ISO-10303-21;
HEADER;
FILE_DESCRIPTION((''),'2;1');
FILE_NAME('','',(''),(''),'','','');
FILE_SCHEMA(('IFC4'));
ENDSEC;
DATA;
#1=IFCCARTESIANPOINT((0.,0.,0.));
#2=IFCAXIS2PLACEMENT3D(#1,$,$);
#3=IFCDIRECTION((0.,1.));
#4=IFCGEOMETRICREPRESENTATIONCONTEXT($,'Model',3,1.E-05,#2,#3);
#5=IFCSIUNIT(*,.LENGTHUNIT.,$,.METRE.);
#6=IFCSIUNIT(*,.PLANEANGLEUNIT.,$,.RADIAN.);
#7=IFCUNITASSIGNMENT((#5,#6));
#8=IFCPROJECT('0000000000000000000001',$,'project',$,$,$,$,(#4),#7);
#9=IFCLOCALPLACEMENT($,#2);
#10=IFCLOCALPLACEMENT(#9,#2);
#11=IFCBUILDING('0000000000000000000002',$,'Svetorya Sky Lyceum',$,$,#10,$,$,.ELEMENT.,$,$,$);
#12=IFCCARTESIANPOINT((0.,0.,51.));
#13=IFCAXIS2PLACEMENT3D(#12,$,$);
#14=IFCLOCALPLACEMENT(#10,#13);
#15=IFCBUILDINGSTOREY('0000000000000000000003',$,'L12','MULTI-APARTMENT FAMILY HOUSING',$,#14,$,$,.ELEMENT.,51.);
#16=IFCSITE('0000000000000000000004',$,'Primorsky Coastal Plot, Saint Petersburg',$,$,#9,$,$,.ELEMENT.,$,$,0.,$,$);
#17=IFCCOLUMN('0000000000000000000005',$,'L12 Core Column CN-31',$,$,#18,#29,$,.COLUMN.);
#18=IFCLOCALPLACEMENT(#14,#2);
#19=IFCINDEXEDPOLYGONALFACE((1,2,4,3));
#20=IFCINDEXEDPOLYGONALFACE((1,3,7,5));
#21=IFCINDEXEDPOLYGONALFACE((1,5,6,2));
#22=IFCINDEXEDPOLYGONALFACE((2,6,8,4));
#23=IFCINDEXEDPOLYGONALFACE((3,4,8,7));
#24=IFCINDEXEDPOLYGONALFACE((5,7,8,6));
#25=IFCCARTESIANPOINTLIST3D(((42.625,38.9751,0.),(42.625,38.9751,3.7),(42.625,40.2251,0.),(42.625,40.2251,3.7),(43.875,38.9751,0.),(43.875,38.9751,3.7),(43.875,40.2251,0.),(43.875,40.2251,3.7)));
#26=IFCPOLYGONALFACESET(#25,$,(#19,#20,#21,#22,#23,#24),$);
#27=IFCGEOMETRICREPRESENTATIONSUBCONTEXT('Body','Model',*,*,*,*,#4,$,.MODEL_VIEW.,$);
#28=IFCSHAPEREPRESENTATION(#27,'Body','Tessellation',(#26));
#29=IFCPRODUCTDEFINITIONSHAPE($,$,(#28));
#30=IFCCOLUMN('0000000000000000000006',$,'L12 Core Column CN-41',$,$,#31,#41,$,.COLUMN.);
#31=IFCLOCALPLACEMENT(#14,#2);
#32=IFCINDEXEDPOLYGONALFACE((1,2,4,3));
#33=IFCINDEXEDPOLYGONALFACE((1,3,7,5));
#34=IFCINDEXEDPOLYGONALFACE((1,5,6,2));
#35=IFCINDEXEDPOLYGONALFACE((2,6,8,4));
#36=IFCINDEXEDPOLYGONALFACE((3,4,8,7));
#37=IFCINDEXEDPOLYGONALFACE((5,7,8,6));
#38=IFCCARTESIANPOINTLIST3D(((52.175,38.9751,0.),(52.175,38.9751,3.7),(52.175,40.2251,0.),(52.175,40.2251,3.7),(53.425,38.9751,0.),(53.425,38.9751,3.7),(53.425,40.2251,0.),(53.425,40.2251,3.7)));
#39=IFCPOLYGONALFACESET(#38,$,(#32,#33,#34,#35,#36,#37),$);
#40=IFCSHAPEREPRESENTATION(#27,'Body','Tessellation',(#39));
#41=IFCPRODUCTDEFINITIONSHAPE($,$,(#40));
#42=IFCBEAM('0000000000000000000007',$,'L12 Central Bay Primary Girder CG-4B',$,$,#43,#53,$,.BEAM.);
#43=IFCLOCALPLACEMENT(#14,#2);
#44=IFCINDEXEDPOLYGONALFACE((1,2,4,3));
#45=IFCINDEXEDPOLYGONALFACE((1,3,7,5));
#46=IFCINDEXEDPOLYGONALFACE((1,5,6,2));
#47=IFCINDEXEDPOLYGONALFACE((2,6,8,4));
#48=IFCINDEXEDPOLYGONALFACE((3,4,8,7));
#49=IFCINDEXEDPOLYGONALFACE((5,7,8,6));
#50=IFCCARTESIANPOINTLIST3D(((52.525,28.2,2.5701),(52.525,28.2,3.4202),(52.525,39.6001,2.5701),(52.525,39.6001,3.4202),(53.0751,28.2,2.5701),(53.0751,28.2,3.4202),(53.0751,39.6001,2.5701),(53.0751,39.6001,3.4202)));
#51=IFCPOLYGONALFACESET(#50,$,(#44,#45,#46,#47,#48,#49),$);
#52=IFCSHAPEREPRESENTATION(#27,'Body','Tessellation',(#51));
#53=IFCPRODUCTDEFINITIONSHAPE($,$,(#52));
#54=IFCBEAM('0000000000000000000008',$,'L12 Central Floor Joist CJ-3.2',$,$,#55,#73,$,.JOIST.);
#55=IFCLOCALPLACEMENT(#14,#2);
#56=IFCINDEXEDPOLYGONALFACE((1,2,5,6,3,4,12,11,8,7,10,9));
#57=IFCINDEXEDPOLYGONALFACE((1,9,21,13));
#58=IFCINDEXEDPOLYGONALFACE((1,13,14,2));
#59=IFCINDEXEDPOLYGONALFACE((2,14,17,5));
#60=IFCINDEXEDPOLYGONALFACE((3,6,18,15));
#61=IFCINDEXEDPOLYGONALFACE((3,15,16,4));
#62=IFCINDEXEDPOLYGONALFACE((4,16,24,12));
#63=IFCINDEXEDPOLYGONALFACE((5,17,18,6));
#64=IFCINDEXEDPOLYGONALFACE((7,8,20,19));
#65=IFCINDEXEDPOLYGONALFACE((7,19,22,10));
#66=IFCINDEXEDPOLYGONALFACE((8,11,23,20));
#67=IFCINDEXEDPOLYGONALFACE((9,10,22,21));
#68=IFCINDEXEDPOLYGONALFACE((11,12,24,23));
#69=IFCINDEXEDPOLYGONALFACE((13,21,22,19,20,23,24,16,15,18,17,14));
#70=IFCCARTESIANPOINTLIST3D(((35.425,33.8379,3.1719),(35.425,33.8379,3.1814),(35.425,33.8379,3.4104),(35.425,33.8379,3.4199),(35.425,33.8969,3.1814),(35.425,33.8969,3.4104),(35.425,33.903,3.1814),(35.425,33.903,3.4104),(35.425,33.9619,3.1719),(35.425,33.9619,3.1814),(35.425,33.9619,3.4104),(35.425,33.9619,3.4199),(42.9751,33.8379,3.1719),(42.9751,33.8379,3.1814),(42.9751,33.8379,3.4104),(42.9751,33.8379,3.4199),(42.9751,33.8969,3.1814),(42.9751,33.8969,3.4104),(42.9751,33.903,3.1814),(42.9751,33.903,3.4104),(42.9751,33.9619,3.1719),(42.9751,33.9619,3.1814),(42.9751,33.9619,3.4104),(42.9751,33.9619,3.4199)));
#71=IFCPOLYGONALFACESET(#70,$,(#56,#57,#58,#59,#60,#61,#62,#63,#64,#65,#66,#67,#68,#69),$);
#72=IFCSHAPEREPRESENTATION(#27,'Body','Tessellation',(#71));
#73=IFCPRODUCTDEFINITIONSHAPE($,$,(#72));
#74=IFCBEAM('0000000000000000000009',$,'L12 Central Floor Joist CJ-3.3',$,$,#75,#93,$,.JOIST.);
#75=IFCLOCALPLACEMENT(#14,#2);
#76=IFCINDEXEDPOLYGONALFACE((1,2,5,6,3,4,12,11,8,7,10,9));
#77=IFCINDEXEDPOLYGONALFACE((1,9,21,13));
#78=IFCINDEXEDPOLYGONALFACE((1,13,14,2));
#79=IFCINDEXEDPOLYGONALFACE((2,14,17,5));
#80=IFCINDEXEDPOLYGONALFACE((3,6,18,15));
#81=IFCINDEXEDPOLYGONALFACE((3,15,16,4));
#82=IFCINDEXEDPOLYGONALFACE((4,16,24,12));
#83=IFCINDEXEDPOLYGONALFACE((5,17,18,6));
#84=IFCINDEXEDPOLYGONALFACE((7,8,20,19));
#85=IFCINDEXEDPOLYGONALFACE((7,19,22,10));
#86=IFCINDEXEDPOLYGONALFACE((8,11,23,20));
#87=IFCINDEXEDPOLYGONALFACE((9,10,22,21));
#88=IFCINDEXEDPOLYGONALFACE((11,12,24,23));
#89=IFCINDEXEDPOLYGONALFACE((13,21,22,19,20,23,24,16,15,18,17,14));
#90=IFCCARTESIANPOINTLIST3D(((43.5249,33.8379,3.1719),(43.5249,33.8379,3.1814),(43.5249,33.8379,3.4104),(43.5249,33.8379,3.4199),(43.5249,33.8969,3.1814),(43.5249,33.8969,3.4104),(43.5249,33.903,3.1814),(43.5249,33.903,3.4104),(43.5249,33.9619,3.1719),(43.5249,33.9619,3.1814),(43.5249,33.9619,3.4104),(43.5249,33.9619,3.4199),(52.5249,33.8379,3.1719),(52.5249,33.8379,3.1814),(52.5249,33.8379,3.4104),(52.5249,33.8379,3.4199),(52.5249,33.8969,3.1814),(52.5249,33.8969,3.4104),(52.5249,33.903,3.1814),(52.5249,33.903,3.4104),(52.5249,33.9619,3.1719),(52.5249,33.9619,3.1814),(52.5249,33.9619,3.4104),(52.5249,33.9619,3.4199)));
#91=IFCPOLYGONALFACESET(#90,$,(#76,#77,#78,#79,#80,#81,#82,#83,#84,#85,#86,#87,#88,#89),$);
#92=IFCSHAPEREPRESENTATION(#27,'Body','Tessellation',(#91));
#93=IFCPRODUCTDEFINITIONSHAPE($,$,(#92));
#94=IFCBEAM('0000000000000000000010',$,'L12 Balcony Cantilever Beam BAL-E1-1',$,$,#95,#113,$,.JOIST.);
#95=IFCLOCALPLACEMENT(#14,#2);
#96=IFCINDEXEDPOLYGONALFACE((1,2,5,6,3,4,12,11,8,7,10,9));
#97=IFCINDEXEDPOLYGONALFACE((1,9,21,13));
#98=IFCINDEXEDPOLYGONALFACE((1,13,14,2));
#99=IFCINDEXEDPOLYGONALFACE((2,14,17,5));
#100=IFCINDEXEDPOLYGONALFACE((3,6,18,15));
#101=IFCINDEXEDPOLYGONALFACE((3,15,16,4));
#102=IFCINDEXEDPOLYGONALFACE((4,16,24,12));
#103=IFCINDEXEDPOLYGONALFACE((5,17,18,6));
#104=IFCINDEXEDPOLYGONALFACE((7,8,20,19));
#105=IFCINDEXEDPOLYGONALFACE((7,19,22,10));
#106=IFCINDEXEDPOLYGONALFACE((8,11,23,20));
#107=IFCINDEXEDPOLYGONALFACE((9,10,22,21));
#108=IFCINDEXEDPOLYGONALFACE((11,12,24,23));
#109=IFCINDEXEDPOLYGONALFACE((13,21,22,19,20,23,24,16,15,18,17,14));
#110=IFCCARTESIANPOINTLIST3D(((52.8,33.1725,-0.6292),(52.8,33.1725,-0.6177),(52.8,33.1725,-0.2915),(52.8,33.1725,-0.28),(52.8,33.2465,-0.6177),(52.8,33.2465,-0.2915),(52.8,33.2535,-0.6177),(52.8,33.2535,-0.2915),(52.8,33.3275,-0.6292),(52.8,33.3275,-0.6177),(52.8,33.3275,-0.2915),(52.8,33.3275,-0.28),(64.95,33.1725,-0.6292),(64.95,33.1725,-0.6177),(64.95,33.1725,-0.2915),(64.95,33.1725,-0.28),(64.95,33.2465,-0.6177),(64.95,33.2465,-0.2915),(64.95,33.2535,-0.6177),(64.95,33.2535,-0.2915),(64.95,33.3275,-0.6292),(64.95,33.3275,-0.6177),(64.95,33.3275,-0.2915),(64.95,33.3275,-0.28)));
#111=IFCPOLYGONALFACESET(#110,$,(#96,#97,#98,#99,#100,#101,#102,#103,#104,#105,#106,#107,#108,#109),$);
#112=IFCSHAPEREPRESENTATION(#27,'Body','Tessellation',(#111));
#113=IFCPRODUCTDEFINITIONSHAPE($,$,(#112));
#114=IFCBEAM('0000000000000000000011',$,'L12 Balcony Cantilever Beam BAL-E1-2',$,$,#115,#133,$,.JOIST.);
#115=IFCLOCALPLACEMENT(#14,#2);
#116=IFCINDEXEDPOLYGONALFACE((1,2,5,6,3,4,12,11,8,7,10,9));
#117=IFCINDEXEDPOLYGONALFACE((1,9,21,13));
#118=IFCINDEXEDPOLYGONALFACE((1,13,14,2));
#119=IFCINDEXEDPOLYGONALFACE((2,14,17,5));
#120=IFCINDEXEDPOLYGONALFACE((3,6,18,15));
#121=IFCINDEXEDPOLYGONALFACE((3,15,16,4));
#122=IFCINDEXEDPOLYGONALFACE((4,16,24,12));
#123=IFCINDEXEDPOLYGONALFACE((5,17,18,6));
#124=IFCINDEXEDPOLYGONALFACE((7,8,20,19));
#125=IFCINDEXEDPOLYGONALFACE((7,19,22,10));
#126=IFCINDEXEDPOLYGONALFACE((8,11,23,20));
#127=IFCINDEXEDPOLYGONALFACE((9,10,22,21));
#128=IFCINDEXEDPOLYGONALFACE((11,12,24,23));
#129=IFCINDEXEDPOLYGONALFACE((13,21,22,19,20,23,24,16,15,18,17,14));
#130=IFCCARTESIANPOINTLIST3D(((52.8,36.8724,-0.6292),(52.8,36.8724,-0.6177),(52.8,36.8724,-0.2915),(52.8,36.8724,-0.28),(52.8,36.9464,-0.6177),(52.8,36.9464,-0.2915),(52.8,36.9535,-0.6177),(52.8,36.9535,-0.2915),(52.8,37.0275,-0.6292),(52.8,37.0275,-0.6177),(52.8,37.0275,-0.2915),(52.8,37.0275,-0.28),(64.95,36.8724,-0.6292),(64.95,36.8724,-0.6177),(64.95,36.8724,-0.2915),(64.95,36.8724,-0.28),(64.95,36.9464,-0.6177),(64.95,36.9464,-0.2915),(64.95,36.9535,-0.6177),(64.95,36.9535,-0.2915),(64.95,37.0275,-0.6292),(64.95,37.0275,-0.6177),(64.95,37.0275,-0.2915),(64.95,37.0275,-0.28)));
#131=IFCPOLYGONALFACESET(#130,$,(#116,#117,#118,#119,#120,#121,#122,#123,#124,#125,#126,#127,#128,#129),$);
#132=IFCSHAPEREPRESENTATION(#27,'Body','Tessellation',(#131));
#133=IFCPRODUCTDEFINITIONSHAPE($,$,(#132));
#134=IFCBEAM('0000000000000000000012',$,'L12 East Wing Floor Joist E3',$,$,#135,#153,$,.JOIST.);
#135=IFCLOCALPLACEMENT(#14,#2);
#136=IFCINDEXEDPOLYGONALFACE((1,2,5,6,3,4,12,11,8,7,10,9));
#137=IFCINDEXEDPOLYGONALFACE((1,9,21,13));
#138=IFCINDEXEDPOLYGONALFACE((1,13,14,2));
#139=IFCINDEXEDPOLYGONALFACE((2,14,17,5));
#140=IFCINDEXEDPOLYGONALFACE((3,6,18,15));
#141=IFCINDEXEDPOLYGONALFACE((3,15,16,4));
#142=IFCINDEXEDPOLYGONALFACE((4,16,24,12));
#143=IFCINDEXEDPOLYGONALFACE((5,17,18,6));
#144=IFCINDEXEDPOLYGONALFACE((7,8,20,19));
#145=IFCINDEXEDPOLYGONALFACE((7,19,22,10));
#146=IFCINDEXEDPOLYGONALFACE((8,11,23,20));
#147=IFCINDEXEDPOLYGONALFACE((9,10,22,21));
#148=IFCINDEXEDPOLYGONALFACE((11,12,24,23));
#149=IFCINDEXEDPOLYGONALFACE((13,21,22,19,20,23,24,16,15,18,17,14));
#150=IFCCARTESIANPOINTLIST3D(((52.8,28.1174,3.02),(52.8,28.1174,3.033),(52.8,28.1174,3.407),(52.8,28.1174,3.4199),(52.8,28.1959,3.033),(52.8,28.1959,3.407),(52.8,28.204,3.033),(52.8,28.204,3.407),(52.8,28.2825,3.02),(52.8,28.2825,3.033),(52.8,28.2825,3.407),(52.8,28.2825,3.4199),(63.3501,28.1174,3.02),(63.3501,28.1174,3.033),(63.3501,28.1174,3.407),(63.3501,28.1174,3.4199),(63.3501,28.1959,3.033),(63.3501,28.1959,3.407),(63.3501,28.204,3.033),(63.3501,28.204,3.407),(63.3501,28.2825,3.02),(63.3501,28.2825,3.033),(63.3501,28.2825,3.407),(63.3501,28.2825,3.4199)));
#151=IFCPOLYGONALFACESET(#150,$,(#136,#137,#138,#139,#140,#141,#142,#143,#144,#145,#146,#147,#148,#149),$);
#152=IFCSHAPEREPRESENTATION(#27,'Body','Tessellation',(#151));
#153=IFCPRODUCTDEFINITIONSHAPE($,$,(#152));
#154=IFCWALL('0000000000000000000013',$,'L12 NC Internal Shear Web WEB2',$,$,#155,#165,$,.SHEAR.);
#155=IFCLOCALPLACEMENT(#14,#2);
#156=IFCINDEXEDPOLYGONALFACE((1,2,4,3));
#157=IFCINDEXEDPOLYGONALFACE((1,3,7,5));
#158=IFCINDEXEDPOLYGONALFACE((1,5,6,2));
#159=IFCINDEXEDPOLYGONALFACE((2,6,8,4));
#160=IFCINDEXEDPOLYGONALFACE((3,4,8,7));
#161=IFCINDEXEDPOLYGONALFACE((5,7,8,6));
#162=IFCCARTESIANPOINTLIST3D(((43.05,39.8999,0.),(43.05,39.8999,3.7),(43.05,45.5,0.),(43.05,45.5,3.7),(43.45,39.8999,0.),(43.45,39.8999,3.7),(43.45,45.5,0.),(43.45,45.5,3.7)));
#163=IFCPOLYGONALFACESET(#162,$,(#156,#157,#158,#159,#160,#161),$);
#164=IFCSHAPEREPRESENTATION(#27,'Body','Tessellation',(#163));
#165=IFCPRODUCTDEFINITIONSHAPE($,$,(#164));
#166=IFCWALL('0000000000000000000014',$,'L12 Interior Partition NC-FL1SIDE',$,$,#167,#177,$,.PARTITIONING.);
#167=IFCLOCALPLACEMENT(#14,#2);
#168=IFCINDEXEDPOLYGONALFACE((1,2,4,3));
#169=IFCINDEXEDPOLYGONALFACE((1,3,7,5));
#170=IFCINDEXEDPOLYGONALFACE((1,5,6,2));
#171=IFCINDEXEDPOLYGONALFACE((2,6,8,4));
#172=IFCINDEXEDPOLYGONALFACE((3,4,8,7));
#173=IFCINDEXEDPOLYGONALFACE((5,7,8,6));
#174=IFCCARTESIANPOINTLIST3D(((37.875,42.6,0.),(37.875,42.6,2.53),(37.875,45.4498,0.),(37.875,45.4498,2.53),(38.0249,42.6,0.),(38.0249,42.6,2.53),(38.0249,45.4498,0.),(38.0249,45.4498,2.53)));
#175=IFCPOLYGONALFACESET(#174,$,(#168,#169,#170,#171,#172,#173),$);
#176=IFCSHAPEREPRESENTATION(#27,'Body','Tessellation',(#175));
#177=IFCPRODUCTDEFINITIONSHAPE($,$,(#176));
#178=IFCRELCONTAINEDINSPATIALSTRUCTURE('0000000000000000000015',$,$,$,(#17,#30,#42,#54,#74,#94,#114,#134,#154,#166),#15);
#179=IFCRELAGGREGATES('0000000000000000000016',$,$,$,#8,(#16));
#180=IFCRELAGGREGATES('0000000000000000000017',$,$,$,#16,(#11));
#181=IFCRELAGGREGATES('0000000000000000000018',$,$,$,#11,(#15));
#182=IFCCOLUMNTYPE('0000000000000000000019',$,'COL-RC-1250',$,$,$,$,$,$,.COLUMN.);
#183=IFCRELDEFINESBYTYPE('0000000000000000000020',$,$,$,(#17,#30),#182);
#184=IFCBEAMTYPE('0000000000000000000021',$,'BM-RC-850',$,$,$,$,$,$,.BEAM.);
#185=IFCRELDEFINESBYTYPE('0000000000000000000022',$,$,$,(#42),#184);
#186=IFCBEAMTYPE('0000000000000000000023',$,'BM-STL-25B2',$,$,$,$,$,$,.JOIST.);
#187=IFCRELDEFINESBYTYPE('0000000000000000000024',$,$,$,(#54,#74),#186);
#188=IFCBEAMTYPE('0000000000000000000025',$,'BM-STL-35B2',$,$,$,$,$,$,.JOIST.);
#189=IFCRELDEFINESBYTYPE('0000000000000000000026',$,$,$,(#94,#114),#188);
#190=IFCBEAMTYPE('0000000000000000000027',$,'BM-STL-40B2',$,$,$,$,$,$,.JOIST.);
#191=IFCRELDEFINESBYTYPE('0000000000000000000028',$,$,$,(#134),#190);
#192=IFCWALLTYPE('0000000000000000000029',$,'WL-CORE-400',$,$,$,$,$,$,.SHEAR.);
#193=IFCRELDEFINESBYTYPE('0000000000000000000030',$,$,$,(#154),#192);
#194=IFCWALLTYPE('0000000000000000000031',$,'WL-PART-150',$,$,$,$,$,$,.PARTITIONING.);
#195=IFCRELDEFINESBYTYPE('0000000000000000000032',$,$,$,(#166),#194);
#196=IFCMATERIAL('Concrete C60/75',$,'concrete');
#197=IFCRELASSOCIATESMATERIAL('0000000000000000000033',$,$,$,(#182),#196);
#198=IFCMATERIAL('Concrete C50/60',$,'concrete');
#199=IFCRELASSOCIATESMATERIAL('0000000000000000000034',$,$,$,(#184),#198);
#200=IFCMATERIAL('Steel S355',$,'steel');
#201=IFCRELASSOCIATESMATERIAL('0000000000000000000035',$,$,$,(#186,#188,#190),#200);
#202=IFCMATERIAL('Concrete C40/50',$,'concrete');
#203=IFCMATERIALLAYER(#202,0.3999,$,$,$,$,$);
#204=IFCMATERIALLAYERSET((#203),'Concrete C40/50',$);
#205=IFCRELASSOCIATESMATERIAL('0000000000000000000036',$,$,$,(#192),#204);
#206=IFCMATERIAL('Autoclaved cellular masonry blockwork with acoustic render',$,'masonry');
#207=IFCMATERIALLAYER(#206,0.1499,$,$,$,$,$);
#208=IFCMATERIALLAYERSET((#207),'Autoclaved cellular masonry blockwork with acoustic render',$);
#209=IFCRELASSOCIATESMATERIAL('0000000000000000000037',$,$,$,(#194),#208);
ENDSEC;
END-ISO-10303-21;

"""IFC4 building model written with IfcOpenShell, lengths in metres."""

from ifc_helpers import new_model, si_unit, direction, frame, frame_2d, origin, origin_2d, place, context, subcontext, project, spatial, rectangle, i_section, extrude, material, layer, layer_set, material_profile, profile_set, type_object, element, save


model = new_model("IFC4")

# Units and contexts
model_context = context("Model", 3, precision=1e-05, world=origin(), true_north=direction((0.0, 1.0)))
body_context = subcontext(model_context, "Body", "Model", "MODEL_VIEW")
ifc_project = project(units=[si_unit("LENGTHUNIT", "METRE"), si_unit("PLANEANGLEUNIT", "RADIAN")], contexts=[model_context])

# Site, building, storey
site_placement = place(None, origin())
site = spatial("IfcSite", under=ifc_project, at=site_placement, Name="Primorsky Coastal Plot, Saint Petersburg", CompositionType="ELEMENT", RefElevation=0.0)
building_placement = place(site_placement, origin())
building = spatial("IfcBuilding", under=site, at=building_placement, Name="Svetorya Sky Lyceum", CompositionType="ELEMENT")
storey_placement = place(building_placement, frame((0.0, 0.0, 51.0)))
storey = spatial("IfcBuildingStorey", under=building, at=storey_placement, Name="L12", Description="MULTI-APARTMENT FAMILY HOUSING", CompositionType="ELEMENT", Elevation=51.0)

# Columns
ifc_material_1 = material(Name="Concrete C60/75", Category="concrete")
ifc_material_profile_1 = material_profile(ifc_material_1, rectangle(XDim=1.25, YDim=1.25, at=origin_2d()), Name="RC COL 1250x1250")
ifc_profile_set_1 = profile_set([ifc_material_profile_1], Name="Concrete C60/75")
column_type = type_object("IfcColumnType", Name="COL-RC-1250", PredefinedType="COLUMN", material=ifc_profile_set_1)
for number, where, z_axis, x_axis, name in (
    (1, (43.25, 39.6001, 0.0), (0.0, 0.0, 1.0), (1.0, 0.0, 0.0), "L12 Core Column CN-31"),
    (2, (52.8, 39.6001, 0.0), (0.0, 0.0, 1.0), (1.0, 0.0, 0.0), "L12 Core Column CN-41"),
):
    element("IfcColumn", number, at=place(storey_placement, frame(where, z_axis=z_axis, x_axis=x_axis)), inside=storey, type_object=column_type, Name=name, PredefinedType="COLUMN", context=body_context, shape_type="SweptSolid", body=[
        extrude(rectangle(XDim=1.25, YDim=1.25, at=origin_2d()), origin(), (0.0, 0.0, 1.0), 3.7),
    ])

# Beams
ifc_material_2 = material(Name="Concrete C50/60", Category="concrete")
ifc_material_profile_2 = material_profile(ifc_material_2, rectangle(XDim=0.55, YDim=0.8501, at=origin_2d()), Name="RC BEAM 550x850")
ifc_profile_set_2 = profile_set([ifc_material_profile_2], Name="Concrete C50/60")
beam_type_1 = type_object("IfcBeamType", Name="BM-RC-850", PredefinedType="BEAM", material=ifc_profile_set_2)
beam_1_placement = place(storey_placement, frame((52.8, 28.2, 2.9951), z_axis=(0.0, 1.0, 0.0), x_axis=(-1.0, 0.0, 0.0)))
element("IfcBeam", 3, at=beam_1_placement, inside=storey, type_object=beam_type_1, Name="L12 Central Bay Primary Girder CG-4B", PredefinedType="BEAM", context=body_context, shape_type="SweptSolid", body=[
    extrude(rectangle(XDim=0.55, YDim=0.8501, at=origin_2d()), origin(), (0.0, 0.0, 1.0), 11.4001),
])
ifc_material_3 = material(Name="Steel S355", Category="steel")
ifc_material_profile_3 = material_profile(ifc_material_3, i_section(OverallWidth=0.124, OverallDepth=0.248, WebThickness=0.0061, FlangeThickness=0.0095, at=origin_2d()), Name="GOST 25B2")
ifc_profile_set_3 = profile_set([ifc_material_profile_3], Name="Steel S355")
beam_type_2 = type_object("IfcBeamType", Name="BM-STL-25B2", PredefinedType="JOIST", material=ifc_profile_set_3)
beam_2_placement = place(storey_placement, frame((35.425, 33.8999, 3.2959), z_axis=(1.0, 0.0, 0.0), x_axis=(0.0, 1.0, 0.0)))
element("IfcBeam", 4, at=beam_2_placement, inside=storey, type_object=beam_type_2, Name="L12 Central Floor Joist CJ-3.2", PredefinedType="JOIST", context=body_context, shape_type="SweptSolid", body=[
    extrude(i_section(OverallWidth=0.124, OverallDepth=0.248, WebThickness=0.0061, FlangeThickness=0.0095, at=origin_2d()), origin(), (0.0, 0.0, 1.0), 7.55),
])
beam_3_placement = place(storey_placement, frame((43.5249, 33.8999, 3.2959), z_axis=(1.0, 0.0, 0.0), x_axis=(0.0, 1.0, 0.0)))
element("IfcBeam", 5, at=beam_3_placement, inside=storey, type_object=beam_type_2, Name="L12 Central Floor Joist CJ-3.3", PredefinedType="JOIST", context=body_context, shape_type="SweptSolid", body=[
    extrude(i_section(OverallWidth=0.124, OverallDepth=0.248, WebThickness=0.0061, FlangeThickness=0.0095, at=origin_2d()), origin(), (0.0, 0.0, 1.0), 9.0),
])
ifc_material_profile_4 = material_profile(ifc_material_3, i_section(OverallWidth=0.155, OverallDepth=0.3491, WebThickness=0.0071, FlangeThickness=0.0115, at=origin_2d()), Name="GOST 35B2")
ifc_profile_set_4 = profile_set([ifc_material_profile_4], Name="Steel S355")
beam_type_3 = type_object("IfcBeamType", Name="BM-STL-35B2", PredefinedType="JOIST", material=ifc_profile_set_4)
for number, where, z_axis, x_axis, name in (
    (6, (52.8, 33.25, -0.4546), (1.0, 0.0, 0.0), (0.0, 1.0, 0.0), "L12 Balcony Cantilever Beam BAL-E1-1"),
    (7, (52.8, 36.95, -0.4546), (1.0, 0.0, 0.0), (0.0, 1.0, 0.0), "L12 Balcony Cantilever Beam BAL-E1-2"),
):
    element("IfcBeam", number, at=place(storey_placement, frame(where, z_axis=z_axis, x_axis=x_axis)), inside=storey, type_object=beam_type_3, Name=name, PredefinedType="JOIST", context=body_context, shape_type="SweptSolid", body=[
        extrude(i_section(OverallWidth=0.155, OverallDepth=0.3491, WebThickness=0.0071, FlangeThickness=0.0115, at=origin_2d()), origin(), (0.0, 0.0, 1.0), 12.1499),
    ])
ifc_material_profile_5 = material_profile(ifc_material_3, i_section(OverallWidth=0.165, OverallDepth=0.3999, WebThickness=0.0081, FlangeThickness=0.0129, at=origin_2d()), Name="GOST 40B2")
ifc_profile_set_5 = profile_set([ifc_material_profile_5], Name="Steel S355")
beam_type_4 = type_object("IfcBeamType", Name="BM-STL-40B2", PredefinedType="JOIST", material=ifc_profile_set_5)
beam_4_placement = place(storey_placement, frame((52.8, 28.2, 3.22), z_axis=(1.0, 0.0, 0.0), x_axis=(0.0, 1.0, 0.0)))
element("IfcBeam", 8, at=beam_4_placement, inside=storey, type_object=beam_type_4, Name="L12 East Wing Floor Joist E3", PredefinedType="JOIST", context=body_context, shape_type="SweptSolid", body=[
    extrude(i_section(OverallWidth=0.165, OverallDepth=0.3999, WebThickness=0.0081, FlangeThickness=0.0129, at=origin_2d()), origin(), (0.0, 0.0, 1.0), 10.55),
])

# Wall
ifc_material_4 = material(Name="Concrete C40/50", Category="concrete")
ifc_layer_1 = layer(ifc_material_4, 0.3999)
ifc_layer_set_1 = layer_set([ifc_layer_1], Name="Concrete C40/50")
wall_type_1 = type_object("IfcWallType", Name="WL-CORE-400", PredefinedType="SHEAR", material=ifc_layer_set_1)
wall_1_placement = place(storey_placement, frame((43.25, 39.8999, 0.0), z_axis=(0.0, 0.0, 1.0), x_axis=(0.0, 1.0, 0.0)))
element("IfcWall", 9, at=wall_1_placement, inside=storey, type_object=wall_type_1, Name="L12 NC Internal Shear Web WEB2", PredefinedType="SHEAR", context=body_context, shape_type="SweptSolid", body=[
    extrude(rectangle(XDim=5.6001, YDim=0.3999, at=frame_2d((2.8, 0.0))), origin(), (0.0, 0.0, 1.0), 3.7),
])

# Wall
ifc_material_5 = material(Name="Autoclaved cellular masonry blockwork with acoustic render", Category="masonry")
ifc_layer_2 = layer(ifc_material_5, 0.1499)
ifc_layer_set_2 = layer_set([ifc_layer_2], Name="Autoclaved cellular masonry blockwork with acoustic render")
wall_type_2 = type_object("IfcWallType", Name="WL-PART-150", PredefinedType="PARTITIONING", material=ifc_layer_set_2)
wall_2_placement = place(storey_placement, frame((37.95, 42.6001, 0.0), z_axis=(0.0, 0.0, 1.0), x_axis=(0.0, 1.0, 0.0)))
element("IfcWall", 10, at=wall_2_placement, inside=storey, type_object=wall_type_2, Name="L12 Interior Partition NC-FL1SIDE", PredefinedType="PARTITIONING", context=body_context, shape_type="SweptSolid", body=[
    extrude(rectangle(XDim=2.8499, YDim=0.1499, at=frame_2d((1.4248, 0.0))), origin(), (0.0, 0.0, 1.0), 2.53),
])

save(model, "model.ifc")
